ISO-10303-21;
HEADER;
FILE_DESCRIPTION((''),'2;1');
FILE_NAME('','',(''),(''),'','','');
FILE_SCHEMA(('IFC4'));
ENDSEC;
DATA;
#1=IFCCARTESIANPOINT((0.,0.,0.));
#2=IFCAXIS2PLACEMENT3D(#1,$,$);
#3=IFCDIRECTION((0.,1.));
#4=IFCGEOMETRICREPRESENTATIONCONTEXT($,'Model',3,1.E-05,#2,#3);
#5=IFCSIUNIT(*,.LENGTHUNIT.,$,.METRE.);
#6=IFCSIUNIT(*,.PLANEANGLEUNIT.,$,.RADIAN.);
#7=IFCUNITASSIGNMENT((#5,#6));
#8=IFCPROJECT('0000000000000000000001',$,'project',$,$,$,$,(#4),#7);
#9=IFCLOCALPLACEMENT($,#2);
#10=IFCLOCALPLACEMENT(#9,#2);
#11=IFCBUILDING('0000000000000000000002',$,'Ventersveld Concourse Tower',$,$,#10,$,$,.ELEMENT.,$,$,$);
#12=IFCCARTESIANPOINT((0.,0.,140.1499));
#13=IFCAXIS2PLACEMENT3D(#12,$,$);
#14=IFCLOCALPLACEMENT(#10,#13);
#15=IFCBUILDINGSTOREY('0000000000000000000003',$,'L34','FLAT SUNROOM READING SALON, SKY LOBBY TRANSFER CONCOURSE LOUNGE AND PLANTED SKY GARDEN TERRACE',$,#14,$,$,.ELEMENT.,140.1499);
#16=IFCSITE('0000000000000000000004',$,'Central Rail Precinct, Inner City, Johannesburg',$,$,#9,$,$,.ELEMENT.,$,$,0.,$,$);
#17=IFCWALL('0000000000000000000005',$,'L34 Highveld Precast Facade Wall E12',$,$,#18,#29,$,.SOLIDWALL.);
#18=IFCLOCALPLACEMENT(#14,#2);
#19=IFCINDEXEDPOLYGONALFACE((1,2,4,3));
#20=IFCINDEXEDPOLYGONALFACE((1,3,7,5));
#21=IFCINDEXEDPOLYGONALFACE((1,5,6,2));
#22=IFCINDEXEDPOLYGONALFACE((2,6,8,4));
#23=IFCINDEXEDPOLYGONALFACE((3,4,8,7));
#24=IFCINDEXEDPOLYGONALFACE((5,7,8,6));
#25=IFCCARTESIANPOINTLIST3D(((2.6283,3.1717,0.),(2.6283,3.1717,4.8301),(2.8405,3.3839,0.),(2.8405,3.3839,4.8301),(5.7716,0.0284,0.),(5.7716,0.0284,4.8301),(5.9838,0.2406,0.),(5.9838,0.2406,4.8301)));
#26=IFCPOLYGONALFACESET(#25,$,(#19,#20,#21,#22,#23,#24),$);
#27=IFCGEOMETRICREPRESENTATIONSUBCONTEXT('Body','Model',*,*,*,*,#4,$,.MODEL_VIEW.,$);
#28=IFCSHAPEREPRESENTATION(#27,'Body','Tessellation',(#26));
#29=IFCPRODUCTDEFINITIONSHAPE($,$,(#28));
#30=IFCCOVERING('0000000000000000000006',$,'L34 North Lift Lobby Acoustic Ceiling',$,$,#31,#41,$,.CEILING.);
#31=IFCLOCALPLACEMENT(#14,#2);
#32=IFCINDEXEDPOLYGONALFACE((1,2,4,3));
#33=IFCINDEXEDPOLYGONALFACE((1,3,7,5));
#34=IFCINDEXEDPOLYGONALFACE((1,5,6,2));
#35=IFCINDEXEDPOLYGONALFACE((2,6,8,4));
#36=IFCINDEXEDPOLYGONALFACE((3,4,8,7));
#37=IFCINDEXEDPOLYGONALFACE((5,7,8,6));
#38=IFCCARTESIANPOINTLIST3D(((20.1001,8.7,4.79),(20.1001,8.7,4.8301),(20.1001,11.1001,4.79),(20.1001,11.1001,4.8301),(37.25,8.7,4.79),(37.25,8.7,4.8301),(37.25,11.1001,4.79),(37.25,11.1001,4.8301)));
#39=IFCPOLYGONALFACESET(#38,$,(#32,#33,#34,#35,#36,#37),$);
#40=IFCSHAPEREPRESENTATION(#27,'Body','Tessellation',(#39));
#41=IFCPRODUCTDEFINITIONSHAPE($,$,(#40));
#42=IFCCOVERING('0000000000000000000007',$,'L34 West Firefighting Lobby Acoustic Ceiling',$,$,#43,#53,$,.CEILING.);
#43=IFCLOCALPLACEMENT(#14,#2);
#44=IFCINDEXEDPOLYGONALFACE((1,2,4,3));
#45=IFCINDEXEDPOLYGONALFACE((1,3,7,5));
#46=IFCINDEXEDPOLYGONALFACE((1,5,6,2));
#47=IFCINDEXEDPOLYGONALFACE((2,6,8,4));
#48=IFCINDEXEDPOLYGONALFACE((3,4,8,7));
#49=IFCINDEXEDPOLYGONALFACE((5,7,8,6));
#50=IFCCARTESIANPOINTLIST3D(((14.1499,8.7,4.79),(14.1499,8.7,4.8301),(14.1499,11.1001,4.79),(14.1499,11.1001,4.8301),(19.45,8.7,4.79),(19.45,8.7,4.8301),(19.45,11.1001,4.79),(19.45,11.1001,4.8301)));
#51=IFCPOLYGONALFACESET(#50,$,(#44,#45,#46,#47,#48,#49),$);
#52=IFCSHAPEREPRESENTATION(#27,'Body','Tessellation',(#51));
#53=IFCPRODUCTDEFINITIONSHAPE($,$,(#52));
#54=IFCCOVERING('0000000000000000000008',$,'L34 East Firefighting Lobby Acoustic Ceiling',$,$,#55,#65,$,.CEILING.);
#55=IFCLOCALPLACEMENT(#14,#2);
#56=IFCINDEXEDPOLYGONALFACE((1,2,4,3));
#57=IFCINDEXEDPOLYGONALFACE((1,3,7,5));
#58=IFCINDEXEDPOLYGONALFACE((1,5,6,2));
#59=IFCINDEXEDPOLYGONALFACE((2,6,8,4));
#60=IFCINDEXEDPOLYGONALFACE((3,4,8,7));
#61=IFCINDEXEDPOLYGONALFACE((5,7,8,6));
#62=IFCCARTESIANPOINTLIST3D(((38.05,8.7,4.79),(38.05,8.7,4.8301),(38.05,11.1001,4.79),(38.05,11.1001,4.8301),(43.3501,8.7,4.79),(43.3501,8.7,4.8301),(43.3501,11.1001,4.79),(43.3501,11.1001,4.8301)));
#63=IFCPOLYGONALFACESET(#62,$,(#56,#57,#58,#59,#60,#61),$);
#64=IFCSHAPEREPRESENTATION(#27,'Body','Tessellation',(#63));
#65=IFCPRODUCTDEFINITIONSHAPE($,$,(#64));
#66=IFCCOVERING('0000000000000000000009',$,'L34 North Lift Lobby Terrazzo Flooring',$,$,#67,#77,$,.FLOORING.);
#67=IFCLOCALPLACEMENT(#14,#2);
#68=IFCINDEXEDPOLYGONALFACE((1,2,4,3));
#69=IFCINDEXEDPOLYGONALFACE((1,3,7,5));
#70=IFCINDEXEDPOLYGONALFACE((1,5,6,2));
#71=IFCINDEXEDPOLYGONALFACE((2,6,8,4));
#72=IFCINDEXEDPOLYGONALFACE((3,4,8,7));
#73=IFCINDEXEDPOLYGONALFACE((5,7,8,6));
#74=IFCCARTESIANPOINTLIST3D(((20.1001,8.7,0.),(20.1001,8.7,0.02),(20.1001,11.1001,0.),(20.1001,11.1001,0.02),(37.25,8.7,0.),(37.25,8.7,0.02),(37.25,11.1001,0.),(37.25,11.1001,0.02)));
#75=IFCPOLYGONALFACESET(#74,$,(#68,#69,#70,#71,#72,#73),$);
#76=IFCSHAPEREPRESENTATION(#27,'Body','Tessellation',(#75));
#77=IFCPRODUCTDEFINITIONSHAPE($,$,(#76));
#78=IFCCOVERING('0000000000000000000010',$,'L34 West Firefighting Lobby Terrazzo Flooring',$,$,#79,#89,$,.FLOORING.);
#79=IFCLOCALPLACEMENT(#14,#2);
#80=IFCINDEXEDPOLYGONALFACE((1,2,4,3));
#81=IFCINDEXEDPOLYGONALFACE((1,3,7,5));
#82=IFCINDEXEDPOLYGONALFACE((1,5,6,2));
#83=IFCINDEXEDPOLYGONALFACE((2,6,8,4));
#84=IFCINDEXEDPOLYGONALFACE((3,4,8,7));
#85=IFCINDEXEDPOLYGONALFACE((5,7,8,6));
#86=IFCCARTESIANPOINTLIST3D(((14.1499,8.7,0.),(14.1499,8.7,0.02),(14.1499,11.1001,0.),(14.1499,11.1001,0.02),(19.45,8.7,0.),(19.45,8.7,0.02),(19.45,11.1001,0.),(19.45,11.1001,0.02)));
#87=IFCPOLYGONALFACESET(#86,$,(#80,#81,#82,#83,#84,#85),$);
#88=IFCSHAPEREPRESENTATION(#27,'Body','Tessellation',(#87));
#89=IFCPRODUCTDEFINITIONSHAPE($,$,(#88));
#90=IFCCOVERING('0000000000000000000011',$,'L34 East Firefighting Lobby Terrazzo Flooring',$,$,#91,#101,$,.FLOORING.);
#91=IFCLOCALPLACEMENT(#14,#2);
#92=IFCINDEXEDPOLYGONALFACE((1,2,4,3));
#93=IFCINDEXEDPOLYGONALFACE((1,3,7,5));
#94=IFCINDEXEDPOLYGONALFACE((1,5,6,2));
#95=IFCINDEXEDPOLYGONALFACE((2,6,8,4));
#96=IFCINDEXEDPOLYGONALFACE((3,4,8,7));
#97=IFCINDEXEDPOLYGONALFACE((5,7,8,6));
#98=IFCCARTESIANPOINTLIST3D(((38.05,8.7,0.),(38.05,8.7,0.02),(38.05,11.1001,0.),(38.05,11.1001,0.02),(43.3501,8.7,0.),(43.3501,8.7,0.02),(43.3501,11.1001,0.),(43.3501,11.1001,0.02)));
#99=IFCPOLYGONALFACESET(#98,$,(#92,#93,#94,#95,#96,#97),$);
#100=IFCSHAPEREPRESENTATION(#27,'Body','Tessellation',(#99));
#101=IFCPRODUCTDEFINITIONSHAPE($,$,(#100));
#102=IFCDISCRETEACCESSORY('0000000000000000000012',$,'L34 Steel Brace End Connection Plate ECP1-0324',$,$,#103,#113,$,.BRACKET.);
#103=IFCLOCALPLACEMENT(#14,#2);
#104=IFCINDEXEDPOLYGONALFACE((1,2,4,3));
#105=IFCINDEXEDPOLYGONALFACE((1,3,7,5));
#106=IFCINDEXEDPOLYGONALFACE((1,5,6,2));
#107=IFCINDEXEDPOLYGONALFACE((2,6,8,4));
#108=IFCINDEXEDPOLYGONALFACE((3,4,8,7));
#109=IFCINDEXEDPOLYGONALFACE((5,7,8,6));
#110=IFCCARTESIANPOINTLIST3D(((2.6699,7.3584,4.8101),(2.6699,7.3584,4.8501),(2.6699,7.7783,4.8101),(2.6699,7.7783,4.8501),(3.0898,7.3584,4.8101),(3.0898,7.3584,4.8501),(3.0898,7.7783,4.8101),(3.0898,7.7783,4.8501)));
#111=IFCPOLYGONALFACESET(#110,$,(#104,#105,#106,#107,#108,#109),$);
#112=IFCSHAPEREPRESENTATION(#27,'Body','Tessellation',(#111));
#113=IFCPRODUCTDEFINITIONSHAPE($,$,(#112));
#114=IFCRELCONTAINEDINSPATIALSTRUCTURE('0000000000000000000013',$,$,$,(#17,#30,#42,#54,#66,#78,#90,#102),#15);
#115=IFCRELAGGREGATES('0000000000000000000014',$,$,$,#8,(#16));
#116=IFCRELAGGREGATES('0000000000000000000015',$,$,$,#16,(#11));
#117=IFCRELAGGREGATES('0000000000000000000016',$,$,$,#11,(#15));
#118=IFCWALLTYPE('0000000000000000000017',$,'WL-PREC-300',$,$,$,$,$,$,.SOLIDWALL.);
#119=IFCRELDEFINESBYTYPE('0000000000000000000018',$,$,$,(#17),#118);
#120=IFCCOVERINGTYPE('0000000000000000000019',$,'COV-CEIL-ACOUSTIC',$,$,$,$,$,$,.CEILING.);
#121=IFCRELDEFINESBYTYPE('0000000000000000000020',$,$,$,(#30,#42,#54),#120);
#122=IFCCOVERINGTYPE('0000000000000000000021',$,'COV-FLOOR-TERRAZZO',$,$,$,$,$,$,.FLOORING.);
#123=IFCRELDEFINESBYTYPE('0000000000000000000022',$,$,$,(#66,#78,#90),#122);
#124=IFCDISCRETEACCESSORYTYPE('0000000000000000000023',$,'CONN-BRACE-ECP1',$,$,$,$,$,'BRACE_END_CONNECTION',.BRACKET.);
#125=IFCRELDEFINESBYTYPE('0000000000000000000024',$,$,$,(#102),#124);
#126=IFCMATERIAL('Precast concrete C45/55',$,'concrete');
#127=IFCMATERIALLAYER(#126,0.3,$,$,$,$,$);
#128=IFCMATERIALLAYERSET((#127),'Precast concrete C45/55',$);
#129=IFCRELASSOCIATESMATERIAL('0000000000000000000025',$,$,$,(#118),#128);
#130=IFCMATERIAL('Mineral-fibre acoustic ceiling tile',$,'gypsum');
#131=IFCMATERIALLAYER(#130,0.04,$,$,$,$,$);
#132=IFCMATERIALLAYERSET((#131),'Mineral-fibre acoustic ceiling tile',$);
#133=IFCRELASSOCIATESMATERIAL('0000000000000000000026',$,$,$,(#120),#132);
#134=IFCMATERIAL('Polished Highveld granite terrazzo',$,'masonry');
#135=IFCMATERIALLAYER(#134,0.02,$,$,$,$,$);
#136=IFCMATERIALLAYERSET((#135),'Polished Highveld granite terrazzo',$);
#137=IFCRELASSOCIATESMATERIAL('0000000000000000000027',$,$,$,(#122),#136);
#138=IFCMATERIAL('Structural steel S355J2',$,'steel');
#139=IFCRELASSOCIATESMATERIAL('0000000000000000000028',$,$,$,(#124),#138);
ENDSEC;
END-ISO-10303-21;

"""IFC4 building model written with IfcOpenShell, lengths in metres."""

from ifc_helpers import new_model, si_unit, direction, frame, frame_2d, origin, origin_2d, place, context, subcontext, project, spatial, polyline, rectangle, outline, extrude, material, layer, layer_set, type_object, element, save


model = new_model("IFC4")

# Units and contexts
model_context = context("Model", 3, precision=1e-05, world=origin(), true_north=direction((0.0, 1.0)))
body_context = subcontext(model_context, "Body", "Model", "MODEL_VIEW")
ifc_project = project(units=[si_unit("LENGTHUNIT", "METRE"), si_unit("PLANEANGLEUNIT", "RADIAN")], contexts=[model_context])

# Site, building, storey
site_placement = place(None, origin())
site = spatial("IfcSite", under=ifc_project, at=site_placement, Name="Central Rail Precinct, Inner City, Johannesburg", CompositionType="ELEMENT", RefElevation=0.0)
building_placement = place(site_placement, origin())
building = spatial("IfcBuilding", under=site, at=building_placement, Name="Ventersveld Concourse Tower", CompositionType="ELEMENT")
storey_placement = place(building_placement, frame((0.0, 0.0, 140.1499)))
storey = spatial("IfcBuildingStorey", under=building, at=storey_placement, Name="L34", Description="FLAT SUNROOM READING SALON, SKY LOBBY TRANSFER CONCOURSE LOUNGE AND PLANTED SKY GARDEN TERRACE", CompositionType="ELEMENT", Elevation=140.1499)

# Shared definitions
ifc_material_1 = material(Name="Structural steel S355J2", Category="steel")

# Shared definitions
ifc_material_2 = material(Name="Precast concrete C45/55", Category="concrete")
ifc_layer_1 = layer(ifc_material_2, 0.3)
ifc_layer_set_1 = layer_set([ifc_layer_1], Name="Precast concrete C45/55")
wall_type = type_object("IfcWallType", Name="WL-PREC-300", PredefinedType="SOLIDWALL", material=ifc_layer_set_1)

# Wall
wall_1_placement = place(storey_placement, frame((2.7344, 3.2778, 0.0), z_axis=(0.0, 0.0, 1.0), x_axis=(0.707107, -0.707107, 0.0)))
element("IfcWall", 1, at=wall_1_placement, inside=storey, type_object=wall_type, Name="L34 Highveld Precast Facade Wall E12", PredefinedType="SOLIDWALL", context=body_context, shape_type="SweptSolid", body=[
    extrude(rectangle(XDim=4.4453, YDim=0.3, at=frame_2d((2.2227, 0.0))), origin(), (0.0, 0.0, 1.0), 4.8301),
])

# Coverings
ifc_material_3 = material(Name="Mineral-fibre acoustic ceiling tile", Category="gypsum")
ifc_layer_2 = layer(ifc_material_3, 0.04)
ifc_layer_set_2 = layer_set([ifc_layer_2], Name="Mineral-fibre acoustic ceiling tile")
covering_type_1 = type_object("IfcCoveringType", Name="COV-CEIL-ACOUSTIC", PredefinedType="CEILING", material=ifc_layer_set_2)
covering_1_placement = place(storey_placement, frame((0.0, 0.0, 4.79)))
element("IfcCovering", 2, at=covering_1_placement, inside=storey, type_object=covering_type_1, Name="L34 North Lift Lobby Acoustic Ceiling", PredefinedType="CEILING", context=body_context, shape_type="SweptSolid", body=[
    extrude(outline(polyline([(20.1001, 8.7), (37.25, 8.7), (37.25, 11.1001), (20.1001, 11.1001), (20.1001, 8.7)])), origin(), (0.0, 0.0, 1.0), 0.04),
])
covering_2_placement = place(storey_placement, frame((0.0, 0.0, 4.79)))
element("IfcCovering", 3, at=covering_2_placement, inside=storey, type_object=covering_type_1, Name="L34 West Firefighting Lobby Acoustic Ceiling", PredefinedType="CEILING", context=body_context, shape_type="SweptSolid", body=[
    extrude(outline(polyline([(14.1499, 8.7), (19.45, 8.7), (19.45, 11.1001), (14.1499, 11.1001), (14.1499, 8.7)])), origin(), (0.0, 0.0, 1.0), 0.04),
])
covering_3_placement = place(storey_placement, frame((0.0, 0.0, 4.79)))
element("IfcCovering", 4, at=covering_3_placement, inside=storey, type_object=covering_type_1, Name="L34 East Firefighting Lobby Acoustic Ceiling", PredefinedType="CEILING", context=body_context, shape_type="SweptSolid", body=[
    extrude(outline(polyline([(38.05, 8.7), (43.3501, 8.7), (43.3501, 11.1001), (38.05, 11.1001), (38.05, 8.7)])), origin(), (0.0, 0.0, 1.0), 0.04),
])
ifc_material_4 = material(Name="Polished Highveld granite terrazzo", Category="masonry")
ifc_layer_3 = layer(ifc_material_4, 0.02)
ifc_layer_set_3 = layer_set([ifc_layer_3], Name="Polished Highveld granite terrazzo")
covering_type_2 = type_object("IfcCoveringType", Name="COV-FLOOR-TERRAZZO", PredefinedType="FLOORING", material=ifc_layer_set_3)
covering_4_placement = place(storey_placement, origin())
element("IfcCovering", 5, at=covering_4_placement, inside=storey, type_object=covering_type_2, Name="L34 North Lift Lobby Terrazzo Flooring", PredefinedType="FLOORING", context=body_context, shape_type="SweptSolid", body=[
    extrude(outline(polyline([(20.1001, 8.7), (37.25, 8.7), (37.25, 11.1001), (20.1001, 11.1001), (20.1001, 8.7)])), origin(), (0.0, 0.0, 1.0), 0.02),
])
covering_5_placement = place(storey_placement, origin())
element("IfcCovering", 6, at=covering_5_placement, inside=storey, type_object=covering_type_2, Name="L34 West Firefighting Lobby Terrazzo Flooring", PredefinedType="FLOORING", context=body_context, shape_type="SweptSolid", body=[
    extrude(outline(polyline([(14.1499, 8.7), (19.45, 8.7), (19.45, 11.1001), (14.1499, 11.1001), (14.1499, 8.7)])), origin(), (0.0, 0.0, 1.0), 0.02),
])
covering_6_placement = place(storey_placement, origin())
element("IfcCovering", 7, at=covering_6_placement, inside=storey, type_object=covering_type_2, Name="L34 East Firefighting Lobby Terrazzo Flooring", PredefinedType="FLOORING", context=body_context, shape_type="SweptSolid", body=[
    extrude(outline(polyline([(38.05, 8.7), (43.3501, 8.7), (43.3501, 11.1001), (38.05, 11.1001), (38.05, 8.7)])), origin(), (0.0, 0.0, 1.0), 0.02),
])

# Discrete accessory
discrete_accessory_type = type_object("IfcDiscreteAccessoryType", Name="CONN-BRACE-ECP1", ElementType="BRACE_END_CONNECTION", PredefinedType="BRACKET", material=ifc_material_1)
discrete_accessory_placement = place(storey_placement, frame((2.8799, 7.5684, 4.8101), z_axis=(0.0, 0.0, 1.0), x_axis=(1.0, 0.0, 0.0)))
element("IfcDiscreteAccessory", 8, at=discrete_accessory_placement, inside=storey, type_object=discrete_accessory_type, Name="L34 Steel Brace End Connection Plate ECP1-0324", PredefinedType="BRACKET", context=body_context, shape_type="SweptSolid", body=[
    extrude(rectangle(XDim=0.4199, YDim=0.4199, at=origin_2d()), origin(), (0.0, 0.0, 1.0), 0.04),
])

save(model, "model.ifc")
